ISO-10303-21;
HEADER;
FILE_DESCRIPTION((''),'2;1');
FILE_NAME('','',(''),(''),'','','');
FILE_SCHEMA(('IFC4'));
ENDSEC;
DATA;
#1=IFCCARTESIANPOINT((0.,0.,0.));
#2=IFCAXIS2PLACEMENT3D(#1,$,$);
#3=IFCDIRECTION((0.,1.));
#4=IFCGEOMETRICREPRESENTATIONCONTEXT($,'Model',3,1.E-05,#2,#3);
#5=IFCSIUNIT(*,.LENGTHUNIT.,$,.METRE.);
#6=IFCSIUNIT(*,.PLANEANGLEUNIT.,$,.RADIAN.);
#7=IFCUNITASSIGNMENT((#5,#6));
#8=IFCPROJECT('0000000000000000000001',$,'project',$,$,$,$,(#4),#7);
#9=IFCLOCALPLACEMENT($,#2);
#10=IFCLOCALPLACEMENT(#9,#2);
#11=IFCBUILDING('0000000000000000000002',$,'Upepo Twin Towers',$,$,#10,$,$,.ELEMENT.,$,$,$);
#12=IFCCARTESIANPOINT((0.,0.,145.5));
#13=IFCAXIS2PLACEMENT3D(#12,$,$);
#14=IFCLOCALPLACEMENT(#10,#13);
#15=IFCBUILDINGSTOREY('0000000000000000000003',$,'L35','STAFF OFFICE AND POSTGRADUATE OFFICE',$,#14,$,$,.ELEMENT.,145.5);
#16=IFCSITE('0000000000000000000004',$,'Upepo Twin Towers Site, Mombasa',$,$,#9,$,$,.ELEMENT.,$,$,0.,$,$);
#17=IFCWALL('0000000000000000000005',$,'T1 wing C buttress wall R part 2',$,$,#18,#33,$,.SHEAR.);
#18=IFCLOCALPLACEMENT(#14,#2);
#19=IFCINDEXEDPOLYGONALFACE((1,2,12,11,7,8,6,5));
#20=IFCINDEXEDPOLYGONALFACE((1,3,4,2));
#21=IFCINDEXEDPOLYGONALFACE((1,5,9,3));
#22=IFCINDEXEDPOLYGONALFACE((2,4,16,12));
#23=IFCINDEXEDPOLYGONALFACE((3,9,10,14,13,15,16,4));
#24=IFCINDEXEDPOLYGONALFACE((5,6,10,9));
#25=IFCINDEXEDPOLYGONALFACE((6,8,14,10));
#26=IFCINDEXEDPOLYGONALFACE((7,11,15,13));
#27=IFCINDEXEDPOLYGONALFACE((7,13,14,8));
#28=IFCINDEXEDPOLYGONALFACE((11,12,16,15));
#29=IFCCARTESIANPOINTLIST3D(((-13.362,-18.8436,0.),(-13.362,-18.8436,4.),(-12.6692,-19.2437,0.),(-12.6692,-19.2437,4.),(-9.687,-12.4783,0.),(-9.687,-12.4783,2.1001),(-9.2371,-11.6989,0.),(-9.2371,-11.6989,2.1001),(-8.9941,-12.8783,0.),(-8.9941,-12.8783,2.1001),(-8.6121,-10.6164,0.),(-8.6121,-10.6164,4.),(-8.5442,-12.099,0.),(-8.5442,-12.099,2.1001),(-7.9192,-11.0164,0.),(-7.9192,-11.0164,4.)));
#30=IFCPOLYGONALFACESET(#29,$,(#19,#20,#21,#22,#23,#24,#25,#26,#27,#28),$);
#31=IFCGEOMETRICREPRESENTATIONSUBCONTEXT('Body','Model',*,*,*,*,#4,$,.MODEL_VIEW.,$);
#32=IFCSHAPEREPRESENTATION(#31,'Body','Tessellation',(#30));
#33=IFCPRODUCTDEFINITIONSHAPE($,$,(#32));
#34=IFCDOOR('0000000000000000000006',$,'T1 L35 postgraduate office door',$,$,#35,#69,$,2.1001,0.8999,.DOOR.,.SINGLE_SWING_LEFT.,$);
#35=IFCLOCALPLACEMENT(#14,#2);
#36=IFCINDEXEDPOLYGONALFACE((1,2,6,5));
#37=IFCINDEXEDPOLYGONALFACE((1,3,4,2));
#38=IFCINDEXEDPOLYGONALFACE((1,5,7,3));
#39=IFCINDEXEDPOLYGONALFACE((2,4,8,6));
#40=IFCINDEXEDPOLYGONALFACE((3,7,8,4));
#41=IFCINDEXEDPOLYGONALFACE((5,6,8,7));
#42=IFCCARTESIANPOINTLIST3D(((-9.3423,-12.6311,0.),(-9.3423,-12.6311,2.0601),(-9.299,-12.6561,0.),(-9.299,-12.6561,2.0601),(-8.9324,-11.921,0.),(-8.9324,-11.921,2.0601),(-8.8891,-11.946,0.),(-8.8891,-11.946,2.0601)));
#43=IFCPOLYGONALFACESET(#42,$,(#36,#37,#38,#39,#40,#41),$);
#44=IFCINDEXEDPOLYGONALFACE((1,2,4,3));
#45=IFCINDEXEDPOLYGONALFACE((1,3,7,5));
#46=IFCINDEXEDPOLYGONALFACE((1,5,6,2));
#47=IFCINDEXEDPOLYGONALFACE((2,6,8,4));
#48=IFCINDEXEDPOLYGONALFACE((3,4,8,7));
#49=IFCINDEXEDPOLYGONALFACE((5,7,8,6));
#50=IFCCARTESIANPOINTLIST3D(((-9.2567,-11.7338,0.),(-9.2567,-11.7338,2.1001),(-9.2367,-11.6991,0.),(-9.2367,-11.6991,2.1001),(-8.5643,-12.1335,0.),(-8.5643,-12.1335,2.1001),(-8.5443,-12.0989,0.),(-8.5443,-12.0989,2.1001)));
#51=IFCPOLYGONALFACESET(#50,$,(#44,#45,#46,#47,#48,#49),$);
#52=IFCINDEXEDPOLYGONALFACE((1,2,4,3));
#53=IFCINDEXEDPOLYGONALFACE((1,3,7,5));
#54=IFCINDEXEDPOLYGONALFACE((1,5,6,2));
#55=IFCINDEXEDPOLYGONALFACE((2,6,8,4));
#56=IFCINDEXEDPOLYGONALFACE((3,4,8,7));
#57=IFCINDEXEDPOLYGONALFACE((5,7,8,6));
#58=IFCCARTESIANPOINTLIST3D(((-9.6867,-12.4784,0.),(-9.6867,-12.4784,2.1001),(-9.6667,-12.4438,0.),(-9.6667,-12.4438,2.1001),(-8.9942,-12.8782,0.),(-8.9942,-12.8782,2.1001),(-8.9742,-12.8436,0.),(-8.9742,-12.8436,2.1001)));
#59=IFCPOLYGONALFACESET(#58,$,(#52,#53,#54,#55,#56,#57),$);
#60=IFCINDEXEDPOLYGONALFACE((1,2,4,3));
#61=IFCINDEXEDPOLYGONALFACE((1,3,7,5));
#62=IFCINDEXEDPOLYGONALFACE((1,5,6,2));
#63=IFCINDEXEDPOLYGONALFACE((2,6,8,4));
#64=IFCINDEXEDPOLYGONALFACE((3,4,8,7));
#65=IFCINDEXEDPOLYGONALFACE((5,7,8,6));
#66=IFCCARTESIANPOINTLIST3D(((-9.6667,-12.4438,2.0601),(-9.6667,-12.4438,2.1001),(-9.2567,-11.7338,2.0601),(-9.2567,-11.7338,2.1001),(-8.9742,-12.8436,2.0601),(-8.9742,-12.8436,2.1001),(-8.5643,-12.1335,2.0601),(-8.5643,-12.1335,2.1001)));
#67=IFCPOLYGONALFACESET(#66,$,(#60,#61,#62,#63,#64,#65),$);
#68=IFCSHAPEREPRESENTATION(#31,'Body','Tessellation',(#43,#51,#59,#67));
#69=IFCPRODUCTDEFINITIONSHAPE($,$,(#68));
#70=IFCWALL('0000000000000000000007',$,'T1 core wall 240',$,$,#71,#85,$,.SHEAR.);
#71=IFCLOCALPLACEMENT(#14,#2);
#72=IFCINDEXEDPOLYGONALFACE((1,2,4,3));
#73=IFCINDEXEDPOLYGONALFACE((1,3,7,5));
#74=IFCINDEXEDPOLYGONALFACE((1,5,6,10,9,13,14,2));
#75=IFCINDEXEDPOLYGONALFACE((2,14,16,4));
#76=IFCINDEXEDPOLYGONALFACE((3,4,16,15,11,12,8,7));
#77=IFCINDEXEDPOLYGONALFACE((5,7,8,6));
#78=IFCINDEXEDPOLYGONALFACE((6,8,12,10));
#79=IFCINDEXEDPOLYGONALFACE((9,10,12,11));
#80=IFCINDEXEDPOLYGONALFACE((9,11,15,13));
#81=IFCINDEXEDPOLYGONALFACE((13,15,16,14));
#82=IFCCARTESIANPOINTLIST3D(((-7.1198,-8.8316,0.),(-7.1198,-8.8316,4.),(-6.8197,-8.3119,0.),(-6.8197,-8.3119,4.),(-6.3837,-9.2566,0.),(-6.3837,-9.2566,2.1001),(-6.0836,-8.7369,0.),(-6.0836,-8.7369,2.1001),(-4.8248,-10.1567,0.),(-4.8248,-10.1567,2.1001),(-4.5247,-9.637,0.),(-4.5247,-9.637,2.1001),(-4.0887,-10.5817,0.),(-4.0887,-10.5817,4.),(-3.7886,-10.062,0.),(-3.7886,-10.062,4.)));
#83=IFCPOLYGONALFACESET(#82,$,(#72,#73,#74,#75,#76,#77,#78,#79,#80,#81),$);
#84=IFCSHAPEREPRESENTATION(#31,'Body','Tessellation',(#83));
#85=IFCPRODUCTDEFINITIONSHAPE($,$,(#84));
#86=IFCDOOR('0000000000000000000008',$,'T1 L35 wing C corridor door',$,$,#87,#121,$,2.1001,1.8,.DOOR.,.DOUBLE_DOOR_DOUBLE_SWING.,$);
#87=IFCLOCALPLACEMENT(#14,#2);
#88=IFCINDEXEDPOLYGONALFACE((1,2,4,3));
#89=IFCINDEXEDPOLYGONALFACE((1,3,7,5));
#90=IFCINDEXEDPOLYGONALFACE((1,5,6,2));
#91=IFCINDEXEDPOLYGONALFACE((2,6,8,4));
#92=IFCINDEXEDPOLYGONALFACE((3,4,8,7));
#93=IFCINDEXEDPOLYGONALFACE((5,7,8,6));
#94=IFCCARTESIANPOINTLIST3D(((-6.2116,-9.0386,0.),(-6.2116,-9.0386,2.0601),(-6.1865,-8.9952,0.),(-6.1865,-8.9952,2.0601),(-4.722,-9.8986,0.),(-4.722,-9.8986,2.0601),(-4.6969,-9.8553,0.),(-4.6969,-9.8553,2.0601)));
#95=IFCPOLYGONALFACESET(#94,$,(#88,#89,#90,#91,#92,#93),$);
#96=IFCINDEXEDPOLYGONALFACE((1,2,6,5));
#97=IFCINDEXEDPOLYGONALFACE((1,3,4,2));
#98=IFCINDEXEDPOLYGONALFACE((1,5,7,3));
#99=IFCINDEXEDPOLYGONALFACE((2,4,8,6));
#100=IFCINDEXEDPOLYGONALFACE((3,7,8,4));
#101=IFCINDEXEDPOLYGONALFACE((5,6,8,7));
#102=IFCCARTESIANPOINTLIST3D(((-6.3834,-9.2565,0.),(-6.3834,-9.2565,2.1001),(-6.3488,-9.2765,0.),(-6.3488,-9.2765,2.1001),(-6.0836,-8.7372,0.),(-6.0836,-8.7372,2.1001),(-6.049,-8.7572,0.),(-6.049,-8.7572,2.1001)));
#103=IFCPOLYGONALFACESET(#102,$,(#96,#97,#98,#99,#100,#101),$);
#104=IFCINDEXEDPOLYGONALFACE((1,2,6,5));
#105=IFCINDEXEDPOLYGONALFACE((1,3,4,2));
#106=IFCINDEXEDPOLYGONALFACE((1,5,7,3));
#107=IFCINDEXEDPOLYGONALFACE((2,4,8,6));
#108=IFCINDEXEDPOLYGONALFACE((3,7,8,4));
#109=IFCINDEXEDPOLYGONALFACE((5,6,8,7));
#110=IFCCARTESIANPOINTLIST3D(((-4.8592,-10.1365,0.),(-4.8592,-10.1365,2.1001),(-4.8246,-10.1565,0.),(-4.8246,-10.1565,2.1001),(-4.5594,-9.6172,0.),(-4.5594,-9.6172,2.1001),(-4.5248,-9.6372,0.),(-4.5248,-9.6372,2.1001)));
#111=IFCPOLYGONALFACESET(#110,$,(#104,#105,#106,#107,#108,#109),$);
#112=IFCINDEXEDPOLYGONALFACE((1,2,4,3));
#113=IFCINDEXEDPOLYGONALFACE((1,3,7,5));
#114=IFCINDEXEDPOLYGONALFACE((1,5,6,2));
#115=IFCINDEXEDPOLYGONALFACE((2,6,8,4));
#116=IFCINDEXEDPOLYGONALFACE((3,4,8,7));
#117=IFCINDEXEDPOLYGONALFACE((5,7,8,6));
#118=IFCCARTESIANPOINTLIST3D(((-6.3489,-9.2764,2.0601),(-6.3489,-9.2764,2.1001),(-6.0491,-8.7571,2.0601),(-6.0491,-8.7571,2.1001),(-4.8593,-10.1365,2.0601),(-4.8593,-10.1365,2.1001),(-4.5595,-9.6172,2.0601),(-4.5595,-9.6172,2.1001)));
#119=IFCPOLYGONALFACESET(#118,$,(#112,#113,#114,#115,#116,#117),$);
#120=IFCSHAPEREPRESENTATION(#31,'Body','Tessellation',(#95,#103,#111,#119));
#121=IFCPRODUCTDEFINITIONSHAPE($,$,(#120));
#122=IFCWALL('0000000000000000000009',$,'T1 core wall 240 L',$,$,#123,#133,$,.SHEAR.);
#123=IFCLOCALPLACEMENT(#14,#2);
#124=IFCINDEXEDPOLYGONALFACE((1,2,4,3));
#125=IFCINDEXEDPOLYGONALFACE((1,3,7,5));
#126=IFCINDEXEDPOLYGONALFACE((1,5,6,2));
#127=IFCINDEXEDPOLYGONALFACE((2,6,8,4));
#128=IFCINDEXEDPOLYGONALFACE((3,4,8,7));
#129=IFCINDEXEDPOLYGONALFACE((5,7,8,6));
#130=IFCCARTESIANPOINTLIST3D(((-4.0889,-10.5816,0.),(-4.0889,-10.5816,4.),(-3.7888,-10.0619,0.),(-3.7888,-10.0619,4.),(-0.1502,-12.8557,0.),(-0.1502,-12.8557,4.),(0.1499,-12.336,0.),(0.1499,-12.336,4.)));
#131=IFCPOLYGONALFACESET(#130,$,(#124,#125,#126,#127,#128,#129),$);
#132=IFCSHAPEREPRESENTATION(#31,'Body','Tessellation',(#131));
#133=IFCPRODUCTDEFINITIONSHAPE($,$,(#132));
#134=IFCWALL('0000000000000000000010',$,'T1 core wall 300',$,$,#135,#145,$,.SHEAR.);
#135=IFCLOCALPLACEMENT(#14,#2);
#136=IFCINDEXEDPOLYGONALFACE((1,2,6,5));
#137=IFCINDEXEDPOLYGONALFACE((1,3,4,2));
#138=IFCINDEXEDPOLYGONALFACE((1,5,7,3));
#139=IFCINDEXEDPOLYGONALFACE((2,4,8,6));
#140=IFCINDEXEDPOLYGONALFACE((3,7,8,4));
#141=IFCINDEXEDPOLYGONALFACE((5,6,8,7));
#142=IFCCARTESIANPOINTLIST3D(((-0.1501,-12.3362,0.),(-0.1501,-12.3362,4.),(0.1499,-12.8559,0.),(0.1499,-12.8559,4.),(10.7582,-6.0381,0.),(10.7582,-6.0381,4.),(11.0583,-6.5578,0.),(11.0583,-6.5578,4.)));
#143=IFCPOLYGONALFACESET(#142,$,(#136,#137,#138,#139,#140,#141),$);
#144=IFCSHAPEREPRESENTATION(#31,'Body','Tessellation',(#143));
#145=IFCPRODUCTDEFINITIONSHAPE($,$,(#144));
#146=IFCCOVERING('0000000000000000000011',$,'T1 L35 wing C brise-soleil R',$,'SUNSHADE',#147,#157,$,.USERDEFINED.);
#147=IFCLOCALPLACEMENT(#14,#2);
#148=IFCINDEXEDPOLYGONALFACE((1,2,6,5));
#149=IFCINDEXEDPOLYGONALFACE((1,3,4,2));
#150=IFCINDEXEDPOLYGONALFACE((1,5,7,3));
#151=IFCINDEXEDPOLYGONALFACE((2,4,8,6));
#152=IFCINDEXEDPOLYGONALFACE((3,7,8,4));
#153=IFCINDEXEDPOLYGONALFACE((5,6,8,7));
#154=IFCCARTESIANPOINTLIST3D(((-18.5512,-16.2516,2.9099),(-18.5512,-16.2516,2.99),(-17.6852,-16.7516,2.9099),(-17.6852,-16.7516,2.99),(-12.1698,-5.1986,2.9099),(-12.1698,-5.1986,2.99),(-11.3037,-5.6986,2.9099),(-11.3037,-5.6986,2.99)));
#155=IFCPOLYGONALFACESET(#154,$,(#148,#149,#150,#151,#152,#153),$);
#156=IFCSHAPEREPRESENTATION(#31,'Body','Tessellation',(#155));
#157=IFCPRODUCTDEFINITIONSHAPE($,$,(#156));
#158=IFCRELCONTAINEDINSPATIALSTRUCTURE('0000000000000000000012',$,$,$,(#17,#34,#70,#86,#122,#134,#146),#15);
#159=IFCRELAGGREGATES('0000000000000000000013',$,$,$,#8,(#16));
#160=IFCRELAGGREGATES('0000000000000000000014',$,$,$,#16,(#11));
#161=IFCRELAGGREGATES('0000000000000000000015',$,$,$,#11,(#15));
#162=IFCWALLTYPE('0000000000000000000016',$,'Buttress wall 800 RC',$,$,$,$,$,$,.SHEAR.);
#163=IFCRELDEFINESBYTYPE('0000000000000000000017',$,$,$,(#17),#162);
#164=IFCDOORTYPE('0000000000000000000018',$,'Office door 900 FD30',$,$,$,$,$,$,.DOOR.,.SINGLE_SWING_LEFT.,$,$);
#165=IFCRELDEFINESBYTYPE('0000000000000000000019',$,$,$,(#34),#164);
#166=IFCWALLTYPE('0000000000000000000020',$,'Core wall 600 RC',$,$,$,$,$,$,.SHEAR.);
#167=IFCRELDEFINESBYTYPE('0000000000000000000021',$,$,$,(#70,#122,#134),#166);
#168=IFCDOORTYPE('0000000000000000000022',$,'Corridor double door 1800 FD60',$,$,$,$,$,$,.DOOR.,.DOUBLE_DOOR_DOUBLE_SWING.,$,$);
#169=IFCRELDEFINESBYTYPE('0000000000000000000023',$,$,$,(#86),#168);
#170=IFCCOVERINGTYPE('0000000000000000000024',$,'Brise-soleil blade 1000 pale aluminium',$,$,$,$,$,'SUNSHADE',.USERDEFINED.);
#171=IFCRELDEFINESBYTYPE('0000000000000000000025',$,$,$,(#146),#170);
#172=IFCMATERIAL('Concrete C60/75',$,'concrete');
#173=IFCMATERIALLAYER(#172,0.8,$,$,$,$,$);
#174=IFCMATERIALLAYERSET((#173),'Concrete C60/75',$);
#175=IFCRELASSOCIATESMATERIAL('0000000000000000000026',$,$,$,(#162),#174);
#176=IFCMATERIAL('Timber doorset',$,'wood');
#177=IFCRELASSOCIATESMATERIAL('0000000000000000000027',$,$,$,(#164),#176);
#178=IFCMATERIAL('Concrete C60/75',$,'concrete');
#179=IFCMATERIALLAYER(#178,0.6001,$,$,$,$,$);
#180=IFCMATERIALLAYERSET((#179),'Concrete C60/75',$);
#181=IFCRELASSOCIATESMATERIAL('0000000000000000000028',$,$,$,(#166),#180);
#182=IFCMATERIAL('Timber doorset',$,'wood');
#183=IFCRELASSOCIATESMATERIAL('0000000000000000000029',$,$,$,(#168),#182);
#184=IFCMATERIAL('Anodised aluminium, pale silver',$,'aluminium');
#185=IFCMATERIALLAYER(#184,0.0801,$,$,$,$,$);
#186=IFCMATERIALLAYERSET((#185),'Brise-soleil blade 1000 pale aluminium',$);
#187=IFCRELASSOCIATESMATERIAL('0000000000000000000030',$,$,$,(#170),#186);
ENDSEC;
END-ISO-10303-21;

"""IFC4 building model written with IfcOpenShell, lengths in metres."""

from ifc_helpers import new_model, si_unit, direction, frame, frame_2d, origin, origin_2d, place, context, subcontext, project, spatial, rectangle, extrude, material, layer, layer_set, type_object, element, fill, save


model = new_model("IFC4")

# Units and contexts
model_context = context("Model", 3, precision=1e-05, world=origin(), true_north=direction((0.0, 1.0)))
body_context = subcontext(model_context, "Body", "Model", "MODEL_VIEW")
ifc_project = project(units=[si_unit("LENGTHUNIT", "METRE"), si_unit("PLANEANGLEUNIT", "RADIAN")], contexts=[model_context])

# Site, building, storey
site_placement = place(None, origin())
site = spatial("IfcSite", under=ifc_project, at=site_placement, Name="Upepo Twin Towers Site, Mombasa", CompositionType="ELEMENT", RefElevation=0.0)
building_placement = place(site_placement, origin())
building = spatial("IfcBuilding", under=site, at=building_placement, Name="Upepo Twin Towers", CompositionType="ELEMENT")
storey_placement = place(building_placement, frame((0.0, 0.0, 145.5)))
storey = spatial("IfcBuildingStorey", under=building, at=storey_placement, Name="L35", Description="STAFF OFFICE AND POSTGRADUATE OFFICE", CompositionType="ELEMENT", Elevation=145.5)

# Walls, openings, doors
ifc_material_1 = material(Name="Concrete C60/75", Category="concrete")
ifc_layer_1 = layer(ifc_material_1, 0.8)
ifc_layer_set_1 = layer_set([ifc_layer_1], Name="Concrete C60/75")
wall_type_1 = type_object("IfcWallType", Name="Buttress wall 800 RC", PredefinedType="SHEAR", material=ifc_layer_set_1)
ifc_material_2 = material(Name="Timber doorset", Category="wood")
door_type_1 = type_object("IfcDoorType", Name="Office door 900 FD30", OperationType="SINGLE_SWING_LEFT", PredefinedType="DOOR", material=ifc_material_2)
wall_1_placement = place(storey_placement, frame((-8.2656, -10.8164, 0.0), z_axis=(0.0, 0.0, 1.0), x_axis=(-0.499998, -0.866027, 0.0)))
wall_1 = element("IfcWall", 1, at=wall_1_placement, inside=storey, type_object=wall_type_1, Name="T1 wing C buttress wall R part 2", PredefinedType="SHEAR", context=body_context, shape_type="SweptSolid", body=[
    extrude(rectangle(XDim=9.5, YDim=0.8, at=frame_2d((4.75, 0.0))), origin(), (0.0, 0.0, 1.0), 4.0),
])
opening_1_placement = place(wall_1_placement, frame((1.25, 0.0, 0.0)))
opening_1 = element("IfcOpeningElement", 2, at=opening_1_placement, cuts=wall_1, PredefinedType="OPENING", context=body_context, shape_type="SweptSolid", body=[
    extrude(rectangle(XDim=0.8999, YDim=2.1001, at=frame_2d((0.45, 1.05))), frame((0.0, 0.4099, 0.0), z_axis=(0.0, -1.0, 0.0), x_axis=(1.0, 0.0, 0.0)), (0.0, 0.0, 1.0), 0.8201),
])
door_1_placement = place(opening_1_placement, origin())
door_1 = element("IfcDoor", 3, at=door_1_placement, inside=storey, type_object=door_type_1, Name="T1 L35 postgraduate office door", OperationType="SINGLE_SWING_LEFT", OverallHeight=2.1001, OverallWidth=0.8999, PredefinedType="DOOR", context=body_context, shape_type="SweptSolid", body=[
    extrude(rectangle(XDim=0.8199, YDim=2.0601, at=frame_2d((0.45, 1.03))), frame((0.0, 0.0249, 0.0), z_axis=(0.0, -1.0, 0.0), x_axis=(1.0, 0.0, 0.0)), (0.0, 0.0, 1.0), 0.05),
    extrude(rectangle(XDim=0.04, YDim=2.1001, at=frame_2d((0.02, 1.05))), frame((0.0, 0.3999, 0.0), z_axis=(0.0, -1.0, 0.0), x_axis=(1.0, 0.0, 0.0)), (0.0, 0.0, 1.0), 0.7996),
    extrude(rectangle(XDim=0.04, YDim=2.1001, at=frame_2d((0.8799, 1.05))), frame((0.0, 0.3999, 0.0), z_axis=(0.0, -1.0, 0.0), x_axis=(1.0, 0.0, 0.0)), (0.0, 0.0, 1.0), 0.7996),
    extrude(rectangle(XDim=0.8199, YDim=0.04, at=frame_2d((0.45, 2.0801))), frame((0.0, 0.3999, 0.0), z_axis=(0.0, -1.0, 0.0), x_axis=(1.0, 0.0, 0.0)), (0.0, 0.0, 1.0), 0.7996),
])
fill(opening_1, door_1)
ifc_material_3 = material(Name="Concrete C60/75", Category="concrete")
ifc_layer_2 = layer(ifc_material_3, 0.6001)
ifc_layer_set_2 = layer_set([ifc_layer_2], Name="Concrete C60/75")
wall_type_2 = type_object("IfcWallType", Name="Core wall 600 RC", PredefinedType="SHEAR", material=ifc_layer_set_2)
wall_2_placement = place(storey_placement, frame((-6.9697, -8.5718, 0.0), z_axis=(0.0, 0.0, 1.0), x_axis=(0.866019, -0.50001, 0.0)))
wall_2 = element("IfcWall", 4, at=wall_2_placement, inside=storey, type_object=wall_type_2, Name="T1 core wall 240", PredefinedType="SHEAR", context=body_context, shape_type="SweptSolid", body=[
    extrude(rectangle(XDim=3.5, YDim=0.6001, at=frame_2d((1.75, 0.0))), origin(), (0.0, 0.0, 1.0), 4.0),
])
opening_2_placement = place(wall_2_placement, frame((0.8501, 0.0, 0.0)))
opening_2 = element("IfcOpeningElement", 5, at=opening_2_placement, cuts=wall_2, PredefinedType="OPENING", context=body_context, shape_type="SweptSolid", body=[
    extrude(rectangle(XDim=1.8, YDim=2.1001, at=frame_2d((0.8999, 1.05))), frame((0.0, 0.3101, 0.0), z_axis=(0.0, -1.0, 0.0), x_axis=(1.0, 0.0, 0.0)), (0.0, 0.0, 1.0), 0.6201),
])
ifc_material_4 = material(Name="Timber doorset", Category="wood")
door_type_2 = type_object("IfcDoorType", Name="Corridor double door 1800 FD60", OperationType="DOUBLE_DOOR_DOUBLE_SWING", PredefinedType="DOOR", material=ifc_material_4)
door_2_placement = place(opening_2_placement, origin())
door_2 = element("IfcDoor", 6, at=door_2_placement, inside=storey, type_object=door_type_2, Name="T1 L35 wing C corridor door", OperationType="DOUBLE_DOOR_DOUBLE_SWING", OverallHeight=2.1001, OverallWidth=1.8, PredefinedType="DOOR", context=body_context, shape_type="SweptSolid", body=[
    extrude(rectangle(XDim=1.72, YDim=2.0601, at=frame_2d((0.8999, 1.03))), frame((0.0, 0.0249, 0.0), z_axis=(0.0, -1.0, 0.0), x_axis=(1.0, 0.0, 0.0)), (0.0, 0.0, 1.0), 0.05),
    extrude(rectangle(XDim=0.04, YDim=2.1001, at=frame_2d((0.02, 1.05))), frame((0.0, 0.2998, 0.0), z_axis=(0.0, -1.0, 0.0), x_axis=(1.0, 0.0, 0.0)), (0.0, 0.0, 1.0), 0.5996),
    extrude(rectangle(XDim=0.04, YDim=2.1001, at=frame_2d((1.78, 1.05))), frame((0.0, 0.2998, 0.0), z_axis=(0.0, -1.0, 0.0), x_axis=(1.0, 0.0, 0.0)), (0.0, 0.0, 1.0), 0.5996),
    extrude(rectangle(XDim=1.72, YDim=0.04, at=frame_2d((0.8999, 2.0801))), frame((0.0, 0.2998, 0.0), z_axis=(0.0, -1.0, 0.0), x_axis=(1.0, 0.0, 0.0)), (0.0, 0.0, 1.0), 0.5996),
])
fill(opening_2, door_2)

# Walls
wall_3_placement = place(storey_placement, frame((-3.9387, -10.3218, 0.0), z_axis=(0.0, 0.0, 1.0), x_axis=(0.866011, -0.500024, 0.0)))
element("IfcWall", 7, at=wall_3_placement, inside=storey, type_object=wall_type_2, Name="T1 core wall 240 L", PredefinedType="SHEAR", context=body_context, shape_type="SweptSolid", body=[
    extrude(rectangle(XDim=4.5481, YDim=0.6001, at=frame_2d((2.2739, 0.0))), origin(), (0.0, 0.0, 1.0), 4.0),
])
wall_4_placement = place(storey_placement, frame((0.0, -12.5959, 0.0), z_axis=(0.0, 0.0, 1.0), x_axis=(0.866022, 0.500006, 0.0)))
element("IfcWall", 8, at=wall_4_placement, inside=storey, type_object=wall_type_2, Name="T1 core wall 300", PredefinedType="SHEAR", context=body_context, shape_type="SweptSolid", body=[
    extrude(rectangle(XDim=12.5959, YDim=0.6001, at=frame_2d((6.2979, 0.0))), origin(), (0.0, 0.0, 1.0), 4.0),
])

# Covering
ifc_material_5 = material(Name="Anodised aluminium, pale silver", Category="aluminium")
ifc_layer_3 = layer(ifc_material_5, 0.0801)
ifc_layer_set_3 = layer_set([ifc_layer_3], Name="Brise-soleil blade 1000 pale aluminium")
covering_type = type_object("IfcCoveringType", Name="Brise-soleil blade 1000 pale aluminium", ElementType="SUNSHADE", PredefinedType="USERDEFINED", material=ifc_layer_set_3)
covering_placement = place(storey_placement, frame((-14.9275, -10.9751, 2.9099), z_axis=(0.0, 0.0, 1.0), x_axis=(-0.5, -0.866025, 0.0)))
element("IfcCovering", 9, at=covering_placement, inside=storey, type_object=covering_type, Name="T1 L35 wing C brise-soleil R", ObjectType="SUNSHADE", PredefinedType="USERDEFINED", context=body_context, shape_type="SweptSolid", body=[
    extrude(rectangle(XDim=12.7629, YDim=1.0, at=origin_2d()), origin(), (0.0, 0.0, 1.0), 0.0801),
])

save(model, "model.ifc")
